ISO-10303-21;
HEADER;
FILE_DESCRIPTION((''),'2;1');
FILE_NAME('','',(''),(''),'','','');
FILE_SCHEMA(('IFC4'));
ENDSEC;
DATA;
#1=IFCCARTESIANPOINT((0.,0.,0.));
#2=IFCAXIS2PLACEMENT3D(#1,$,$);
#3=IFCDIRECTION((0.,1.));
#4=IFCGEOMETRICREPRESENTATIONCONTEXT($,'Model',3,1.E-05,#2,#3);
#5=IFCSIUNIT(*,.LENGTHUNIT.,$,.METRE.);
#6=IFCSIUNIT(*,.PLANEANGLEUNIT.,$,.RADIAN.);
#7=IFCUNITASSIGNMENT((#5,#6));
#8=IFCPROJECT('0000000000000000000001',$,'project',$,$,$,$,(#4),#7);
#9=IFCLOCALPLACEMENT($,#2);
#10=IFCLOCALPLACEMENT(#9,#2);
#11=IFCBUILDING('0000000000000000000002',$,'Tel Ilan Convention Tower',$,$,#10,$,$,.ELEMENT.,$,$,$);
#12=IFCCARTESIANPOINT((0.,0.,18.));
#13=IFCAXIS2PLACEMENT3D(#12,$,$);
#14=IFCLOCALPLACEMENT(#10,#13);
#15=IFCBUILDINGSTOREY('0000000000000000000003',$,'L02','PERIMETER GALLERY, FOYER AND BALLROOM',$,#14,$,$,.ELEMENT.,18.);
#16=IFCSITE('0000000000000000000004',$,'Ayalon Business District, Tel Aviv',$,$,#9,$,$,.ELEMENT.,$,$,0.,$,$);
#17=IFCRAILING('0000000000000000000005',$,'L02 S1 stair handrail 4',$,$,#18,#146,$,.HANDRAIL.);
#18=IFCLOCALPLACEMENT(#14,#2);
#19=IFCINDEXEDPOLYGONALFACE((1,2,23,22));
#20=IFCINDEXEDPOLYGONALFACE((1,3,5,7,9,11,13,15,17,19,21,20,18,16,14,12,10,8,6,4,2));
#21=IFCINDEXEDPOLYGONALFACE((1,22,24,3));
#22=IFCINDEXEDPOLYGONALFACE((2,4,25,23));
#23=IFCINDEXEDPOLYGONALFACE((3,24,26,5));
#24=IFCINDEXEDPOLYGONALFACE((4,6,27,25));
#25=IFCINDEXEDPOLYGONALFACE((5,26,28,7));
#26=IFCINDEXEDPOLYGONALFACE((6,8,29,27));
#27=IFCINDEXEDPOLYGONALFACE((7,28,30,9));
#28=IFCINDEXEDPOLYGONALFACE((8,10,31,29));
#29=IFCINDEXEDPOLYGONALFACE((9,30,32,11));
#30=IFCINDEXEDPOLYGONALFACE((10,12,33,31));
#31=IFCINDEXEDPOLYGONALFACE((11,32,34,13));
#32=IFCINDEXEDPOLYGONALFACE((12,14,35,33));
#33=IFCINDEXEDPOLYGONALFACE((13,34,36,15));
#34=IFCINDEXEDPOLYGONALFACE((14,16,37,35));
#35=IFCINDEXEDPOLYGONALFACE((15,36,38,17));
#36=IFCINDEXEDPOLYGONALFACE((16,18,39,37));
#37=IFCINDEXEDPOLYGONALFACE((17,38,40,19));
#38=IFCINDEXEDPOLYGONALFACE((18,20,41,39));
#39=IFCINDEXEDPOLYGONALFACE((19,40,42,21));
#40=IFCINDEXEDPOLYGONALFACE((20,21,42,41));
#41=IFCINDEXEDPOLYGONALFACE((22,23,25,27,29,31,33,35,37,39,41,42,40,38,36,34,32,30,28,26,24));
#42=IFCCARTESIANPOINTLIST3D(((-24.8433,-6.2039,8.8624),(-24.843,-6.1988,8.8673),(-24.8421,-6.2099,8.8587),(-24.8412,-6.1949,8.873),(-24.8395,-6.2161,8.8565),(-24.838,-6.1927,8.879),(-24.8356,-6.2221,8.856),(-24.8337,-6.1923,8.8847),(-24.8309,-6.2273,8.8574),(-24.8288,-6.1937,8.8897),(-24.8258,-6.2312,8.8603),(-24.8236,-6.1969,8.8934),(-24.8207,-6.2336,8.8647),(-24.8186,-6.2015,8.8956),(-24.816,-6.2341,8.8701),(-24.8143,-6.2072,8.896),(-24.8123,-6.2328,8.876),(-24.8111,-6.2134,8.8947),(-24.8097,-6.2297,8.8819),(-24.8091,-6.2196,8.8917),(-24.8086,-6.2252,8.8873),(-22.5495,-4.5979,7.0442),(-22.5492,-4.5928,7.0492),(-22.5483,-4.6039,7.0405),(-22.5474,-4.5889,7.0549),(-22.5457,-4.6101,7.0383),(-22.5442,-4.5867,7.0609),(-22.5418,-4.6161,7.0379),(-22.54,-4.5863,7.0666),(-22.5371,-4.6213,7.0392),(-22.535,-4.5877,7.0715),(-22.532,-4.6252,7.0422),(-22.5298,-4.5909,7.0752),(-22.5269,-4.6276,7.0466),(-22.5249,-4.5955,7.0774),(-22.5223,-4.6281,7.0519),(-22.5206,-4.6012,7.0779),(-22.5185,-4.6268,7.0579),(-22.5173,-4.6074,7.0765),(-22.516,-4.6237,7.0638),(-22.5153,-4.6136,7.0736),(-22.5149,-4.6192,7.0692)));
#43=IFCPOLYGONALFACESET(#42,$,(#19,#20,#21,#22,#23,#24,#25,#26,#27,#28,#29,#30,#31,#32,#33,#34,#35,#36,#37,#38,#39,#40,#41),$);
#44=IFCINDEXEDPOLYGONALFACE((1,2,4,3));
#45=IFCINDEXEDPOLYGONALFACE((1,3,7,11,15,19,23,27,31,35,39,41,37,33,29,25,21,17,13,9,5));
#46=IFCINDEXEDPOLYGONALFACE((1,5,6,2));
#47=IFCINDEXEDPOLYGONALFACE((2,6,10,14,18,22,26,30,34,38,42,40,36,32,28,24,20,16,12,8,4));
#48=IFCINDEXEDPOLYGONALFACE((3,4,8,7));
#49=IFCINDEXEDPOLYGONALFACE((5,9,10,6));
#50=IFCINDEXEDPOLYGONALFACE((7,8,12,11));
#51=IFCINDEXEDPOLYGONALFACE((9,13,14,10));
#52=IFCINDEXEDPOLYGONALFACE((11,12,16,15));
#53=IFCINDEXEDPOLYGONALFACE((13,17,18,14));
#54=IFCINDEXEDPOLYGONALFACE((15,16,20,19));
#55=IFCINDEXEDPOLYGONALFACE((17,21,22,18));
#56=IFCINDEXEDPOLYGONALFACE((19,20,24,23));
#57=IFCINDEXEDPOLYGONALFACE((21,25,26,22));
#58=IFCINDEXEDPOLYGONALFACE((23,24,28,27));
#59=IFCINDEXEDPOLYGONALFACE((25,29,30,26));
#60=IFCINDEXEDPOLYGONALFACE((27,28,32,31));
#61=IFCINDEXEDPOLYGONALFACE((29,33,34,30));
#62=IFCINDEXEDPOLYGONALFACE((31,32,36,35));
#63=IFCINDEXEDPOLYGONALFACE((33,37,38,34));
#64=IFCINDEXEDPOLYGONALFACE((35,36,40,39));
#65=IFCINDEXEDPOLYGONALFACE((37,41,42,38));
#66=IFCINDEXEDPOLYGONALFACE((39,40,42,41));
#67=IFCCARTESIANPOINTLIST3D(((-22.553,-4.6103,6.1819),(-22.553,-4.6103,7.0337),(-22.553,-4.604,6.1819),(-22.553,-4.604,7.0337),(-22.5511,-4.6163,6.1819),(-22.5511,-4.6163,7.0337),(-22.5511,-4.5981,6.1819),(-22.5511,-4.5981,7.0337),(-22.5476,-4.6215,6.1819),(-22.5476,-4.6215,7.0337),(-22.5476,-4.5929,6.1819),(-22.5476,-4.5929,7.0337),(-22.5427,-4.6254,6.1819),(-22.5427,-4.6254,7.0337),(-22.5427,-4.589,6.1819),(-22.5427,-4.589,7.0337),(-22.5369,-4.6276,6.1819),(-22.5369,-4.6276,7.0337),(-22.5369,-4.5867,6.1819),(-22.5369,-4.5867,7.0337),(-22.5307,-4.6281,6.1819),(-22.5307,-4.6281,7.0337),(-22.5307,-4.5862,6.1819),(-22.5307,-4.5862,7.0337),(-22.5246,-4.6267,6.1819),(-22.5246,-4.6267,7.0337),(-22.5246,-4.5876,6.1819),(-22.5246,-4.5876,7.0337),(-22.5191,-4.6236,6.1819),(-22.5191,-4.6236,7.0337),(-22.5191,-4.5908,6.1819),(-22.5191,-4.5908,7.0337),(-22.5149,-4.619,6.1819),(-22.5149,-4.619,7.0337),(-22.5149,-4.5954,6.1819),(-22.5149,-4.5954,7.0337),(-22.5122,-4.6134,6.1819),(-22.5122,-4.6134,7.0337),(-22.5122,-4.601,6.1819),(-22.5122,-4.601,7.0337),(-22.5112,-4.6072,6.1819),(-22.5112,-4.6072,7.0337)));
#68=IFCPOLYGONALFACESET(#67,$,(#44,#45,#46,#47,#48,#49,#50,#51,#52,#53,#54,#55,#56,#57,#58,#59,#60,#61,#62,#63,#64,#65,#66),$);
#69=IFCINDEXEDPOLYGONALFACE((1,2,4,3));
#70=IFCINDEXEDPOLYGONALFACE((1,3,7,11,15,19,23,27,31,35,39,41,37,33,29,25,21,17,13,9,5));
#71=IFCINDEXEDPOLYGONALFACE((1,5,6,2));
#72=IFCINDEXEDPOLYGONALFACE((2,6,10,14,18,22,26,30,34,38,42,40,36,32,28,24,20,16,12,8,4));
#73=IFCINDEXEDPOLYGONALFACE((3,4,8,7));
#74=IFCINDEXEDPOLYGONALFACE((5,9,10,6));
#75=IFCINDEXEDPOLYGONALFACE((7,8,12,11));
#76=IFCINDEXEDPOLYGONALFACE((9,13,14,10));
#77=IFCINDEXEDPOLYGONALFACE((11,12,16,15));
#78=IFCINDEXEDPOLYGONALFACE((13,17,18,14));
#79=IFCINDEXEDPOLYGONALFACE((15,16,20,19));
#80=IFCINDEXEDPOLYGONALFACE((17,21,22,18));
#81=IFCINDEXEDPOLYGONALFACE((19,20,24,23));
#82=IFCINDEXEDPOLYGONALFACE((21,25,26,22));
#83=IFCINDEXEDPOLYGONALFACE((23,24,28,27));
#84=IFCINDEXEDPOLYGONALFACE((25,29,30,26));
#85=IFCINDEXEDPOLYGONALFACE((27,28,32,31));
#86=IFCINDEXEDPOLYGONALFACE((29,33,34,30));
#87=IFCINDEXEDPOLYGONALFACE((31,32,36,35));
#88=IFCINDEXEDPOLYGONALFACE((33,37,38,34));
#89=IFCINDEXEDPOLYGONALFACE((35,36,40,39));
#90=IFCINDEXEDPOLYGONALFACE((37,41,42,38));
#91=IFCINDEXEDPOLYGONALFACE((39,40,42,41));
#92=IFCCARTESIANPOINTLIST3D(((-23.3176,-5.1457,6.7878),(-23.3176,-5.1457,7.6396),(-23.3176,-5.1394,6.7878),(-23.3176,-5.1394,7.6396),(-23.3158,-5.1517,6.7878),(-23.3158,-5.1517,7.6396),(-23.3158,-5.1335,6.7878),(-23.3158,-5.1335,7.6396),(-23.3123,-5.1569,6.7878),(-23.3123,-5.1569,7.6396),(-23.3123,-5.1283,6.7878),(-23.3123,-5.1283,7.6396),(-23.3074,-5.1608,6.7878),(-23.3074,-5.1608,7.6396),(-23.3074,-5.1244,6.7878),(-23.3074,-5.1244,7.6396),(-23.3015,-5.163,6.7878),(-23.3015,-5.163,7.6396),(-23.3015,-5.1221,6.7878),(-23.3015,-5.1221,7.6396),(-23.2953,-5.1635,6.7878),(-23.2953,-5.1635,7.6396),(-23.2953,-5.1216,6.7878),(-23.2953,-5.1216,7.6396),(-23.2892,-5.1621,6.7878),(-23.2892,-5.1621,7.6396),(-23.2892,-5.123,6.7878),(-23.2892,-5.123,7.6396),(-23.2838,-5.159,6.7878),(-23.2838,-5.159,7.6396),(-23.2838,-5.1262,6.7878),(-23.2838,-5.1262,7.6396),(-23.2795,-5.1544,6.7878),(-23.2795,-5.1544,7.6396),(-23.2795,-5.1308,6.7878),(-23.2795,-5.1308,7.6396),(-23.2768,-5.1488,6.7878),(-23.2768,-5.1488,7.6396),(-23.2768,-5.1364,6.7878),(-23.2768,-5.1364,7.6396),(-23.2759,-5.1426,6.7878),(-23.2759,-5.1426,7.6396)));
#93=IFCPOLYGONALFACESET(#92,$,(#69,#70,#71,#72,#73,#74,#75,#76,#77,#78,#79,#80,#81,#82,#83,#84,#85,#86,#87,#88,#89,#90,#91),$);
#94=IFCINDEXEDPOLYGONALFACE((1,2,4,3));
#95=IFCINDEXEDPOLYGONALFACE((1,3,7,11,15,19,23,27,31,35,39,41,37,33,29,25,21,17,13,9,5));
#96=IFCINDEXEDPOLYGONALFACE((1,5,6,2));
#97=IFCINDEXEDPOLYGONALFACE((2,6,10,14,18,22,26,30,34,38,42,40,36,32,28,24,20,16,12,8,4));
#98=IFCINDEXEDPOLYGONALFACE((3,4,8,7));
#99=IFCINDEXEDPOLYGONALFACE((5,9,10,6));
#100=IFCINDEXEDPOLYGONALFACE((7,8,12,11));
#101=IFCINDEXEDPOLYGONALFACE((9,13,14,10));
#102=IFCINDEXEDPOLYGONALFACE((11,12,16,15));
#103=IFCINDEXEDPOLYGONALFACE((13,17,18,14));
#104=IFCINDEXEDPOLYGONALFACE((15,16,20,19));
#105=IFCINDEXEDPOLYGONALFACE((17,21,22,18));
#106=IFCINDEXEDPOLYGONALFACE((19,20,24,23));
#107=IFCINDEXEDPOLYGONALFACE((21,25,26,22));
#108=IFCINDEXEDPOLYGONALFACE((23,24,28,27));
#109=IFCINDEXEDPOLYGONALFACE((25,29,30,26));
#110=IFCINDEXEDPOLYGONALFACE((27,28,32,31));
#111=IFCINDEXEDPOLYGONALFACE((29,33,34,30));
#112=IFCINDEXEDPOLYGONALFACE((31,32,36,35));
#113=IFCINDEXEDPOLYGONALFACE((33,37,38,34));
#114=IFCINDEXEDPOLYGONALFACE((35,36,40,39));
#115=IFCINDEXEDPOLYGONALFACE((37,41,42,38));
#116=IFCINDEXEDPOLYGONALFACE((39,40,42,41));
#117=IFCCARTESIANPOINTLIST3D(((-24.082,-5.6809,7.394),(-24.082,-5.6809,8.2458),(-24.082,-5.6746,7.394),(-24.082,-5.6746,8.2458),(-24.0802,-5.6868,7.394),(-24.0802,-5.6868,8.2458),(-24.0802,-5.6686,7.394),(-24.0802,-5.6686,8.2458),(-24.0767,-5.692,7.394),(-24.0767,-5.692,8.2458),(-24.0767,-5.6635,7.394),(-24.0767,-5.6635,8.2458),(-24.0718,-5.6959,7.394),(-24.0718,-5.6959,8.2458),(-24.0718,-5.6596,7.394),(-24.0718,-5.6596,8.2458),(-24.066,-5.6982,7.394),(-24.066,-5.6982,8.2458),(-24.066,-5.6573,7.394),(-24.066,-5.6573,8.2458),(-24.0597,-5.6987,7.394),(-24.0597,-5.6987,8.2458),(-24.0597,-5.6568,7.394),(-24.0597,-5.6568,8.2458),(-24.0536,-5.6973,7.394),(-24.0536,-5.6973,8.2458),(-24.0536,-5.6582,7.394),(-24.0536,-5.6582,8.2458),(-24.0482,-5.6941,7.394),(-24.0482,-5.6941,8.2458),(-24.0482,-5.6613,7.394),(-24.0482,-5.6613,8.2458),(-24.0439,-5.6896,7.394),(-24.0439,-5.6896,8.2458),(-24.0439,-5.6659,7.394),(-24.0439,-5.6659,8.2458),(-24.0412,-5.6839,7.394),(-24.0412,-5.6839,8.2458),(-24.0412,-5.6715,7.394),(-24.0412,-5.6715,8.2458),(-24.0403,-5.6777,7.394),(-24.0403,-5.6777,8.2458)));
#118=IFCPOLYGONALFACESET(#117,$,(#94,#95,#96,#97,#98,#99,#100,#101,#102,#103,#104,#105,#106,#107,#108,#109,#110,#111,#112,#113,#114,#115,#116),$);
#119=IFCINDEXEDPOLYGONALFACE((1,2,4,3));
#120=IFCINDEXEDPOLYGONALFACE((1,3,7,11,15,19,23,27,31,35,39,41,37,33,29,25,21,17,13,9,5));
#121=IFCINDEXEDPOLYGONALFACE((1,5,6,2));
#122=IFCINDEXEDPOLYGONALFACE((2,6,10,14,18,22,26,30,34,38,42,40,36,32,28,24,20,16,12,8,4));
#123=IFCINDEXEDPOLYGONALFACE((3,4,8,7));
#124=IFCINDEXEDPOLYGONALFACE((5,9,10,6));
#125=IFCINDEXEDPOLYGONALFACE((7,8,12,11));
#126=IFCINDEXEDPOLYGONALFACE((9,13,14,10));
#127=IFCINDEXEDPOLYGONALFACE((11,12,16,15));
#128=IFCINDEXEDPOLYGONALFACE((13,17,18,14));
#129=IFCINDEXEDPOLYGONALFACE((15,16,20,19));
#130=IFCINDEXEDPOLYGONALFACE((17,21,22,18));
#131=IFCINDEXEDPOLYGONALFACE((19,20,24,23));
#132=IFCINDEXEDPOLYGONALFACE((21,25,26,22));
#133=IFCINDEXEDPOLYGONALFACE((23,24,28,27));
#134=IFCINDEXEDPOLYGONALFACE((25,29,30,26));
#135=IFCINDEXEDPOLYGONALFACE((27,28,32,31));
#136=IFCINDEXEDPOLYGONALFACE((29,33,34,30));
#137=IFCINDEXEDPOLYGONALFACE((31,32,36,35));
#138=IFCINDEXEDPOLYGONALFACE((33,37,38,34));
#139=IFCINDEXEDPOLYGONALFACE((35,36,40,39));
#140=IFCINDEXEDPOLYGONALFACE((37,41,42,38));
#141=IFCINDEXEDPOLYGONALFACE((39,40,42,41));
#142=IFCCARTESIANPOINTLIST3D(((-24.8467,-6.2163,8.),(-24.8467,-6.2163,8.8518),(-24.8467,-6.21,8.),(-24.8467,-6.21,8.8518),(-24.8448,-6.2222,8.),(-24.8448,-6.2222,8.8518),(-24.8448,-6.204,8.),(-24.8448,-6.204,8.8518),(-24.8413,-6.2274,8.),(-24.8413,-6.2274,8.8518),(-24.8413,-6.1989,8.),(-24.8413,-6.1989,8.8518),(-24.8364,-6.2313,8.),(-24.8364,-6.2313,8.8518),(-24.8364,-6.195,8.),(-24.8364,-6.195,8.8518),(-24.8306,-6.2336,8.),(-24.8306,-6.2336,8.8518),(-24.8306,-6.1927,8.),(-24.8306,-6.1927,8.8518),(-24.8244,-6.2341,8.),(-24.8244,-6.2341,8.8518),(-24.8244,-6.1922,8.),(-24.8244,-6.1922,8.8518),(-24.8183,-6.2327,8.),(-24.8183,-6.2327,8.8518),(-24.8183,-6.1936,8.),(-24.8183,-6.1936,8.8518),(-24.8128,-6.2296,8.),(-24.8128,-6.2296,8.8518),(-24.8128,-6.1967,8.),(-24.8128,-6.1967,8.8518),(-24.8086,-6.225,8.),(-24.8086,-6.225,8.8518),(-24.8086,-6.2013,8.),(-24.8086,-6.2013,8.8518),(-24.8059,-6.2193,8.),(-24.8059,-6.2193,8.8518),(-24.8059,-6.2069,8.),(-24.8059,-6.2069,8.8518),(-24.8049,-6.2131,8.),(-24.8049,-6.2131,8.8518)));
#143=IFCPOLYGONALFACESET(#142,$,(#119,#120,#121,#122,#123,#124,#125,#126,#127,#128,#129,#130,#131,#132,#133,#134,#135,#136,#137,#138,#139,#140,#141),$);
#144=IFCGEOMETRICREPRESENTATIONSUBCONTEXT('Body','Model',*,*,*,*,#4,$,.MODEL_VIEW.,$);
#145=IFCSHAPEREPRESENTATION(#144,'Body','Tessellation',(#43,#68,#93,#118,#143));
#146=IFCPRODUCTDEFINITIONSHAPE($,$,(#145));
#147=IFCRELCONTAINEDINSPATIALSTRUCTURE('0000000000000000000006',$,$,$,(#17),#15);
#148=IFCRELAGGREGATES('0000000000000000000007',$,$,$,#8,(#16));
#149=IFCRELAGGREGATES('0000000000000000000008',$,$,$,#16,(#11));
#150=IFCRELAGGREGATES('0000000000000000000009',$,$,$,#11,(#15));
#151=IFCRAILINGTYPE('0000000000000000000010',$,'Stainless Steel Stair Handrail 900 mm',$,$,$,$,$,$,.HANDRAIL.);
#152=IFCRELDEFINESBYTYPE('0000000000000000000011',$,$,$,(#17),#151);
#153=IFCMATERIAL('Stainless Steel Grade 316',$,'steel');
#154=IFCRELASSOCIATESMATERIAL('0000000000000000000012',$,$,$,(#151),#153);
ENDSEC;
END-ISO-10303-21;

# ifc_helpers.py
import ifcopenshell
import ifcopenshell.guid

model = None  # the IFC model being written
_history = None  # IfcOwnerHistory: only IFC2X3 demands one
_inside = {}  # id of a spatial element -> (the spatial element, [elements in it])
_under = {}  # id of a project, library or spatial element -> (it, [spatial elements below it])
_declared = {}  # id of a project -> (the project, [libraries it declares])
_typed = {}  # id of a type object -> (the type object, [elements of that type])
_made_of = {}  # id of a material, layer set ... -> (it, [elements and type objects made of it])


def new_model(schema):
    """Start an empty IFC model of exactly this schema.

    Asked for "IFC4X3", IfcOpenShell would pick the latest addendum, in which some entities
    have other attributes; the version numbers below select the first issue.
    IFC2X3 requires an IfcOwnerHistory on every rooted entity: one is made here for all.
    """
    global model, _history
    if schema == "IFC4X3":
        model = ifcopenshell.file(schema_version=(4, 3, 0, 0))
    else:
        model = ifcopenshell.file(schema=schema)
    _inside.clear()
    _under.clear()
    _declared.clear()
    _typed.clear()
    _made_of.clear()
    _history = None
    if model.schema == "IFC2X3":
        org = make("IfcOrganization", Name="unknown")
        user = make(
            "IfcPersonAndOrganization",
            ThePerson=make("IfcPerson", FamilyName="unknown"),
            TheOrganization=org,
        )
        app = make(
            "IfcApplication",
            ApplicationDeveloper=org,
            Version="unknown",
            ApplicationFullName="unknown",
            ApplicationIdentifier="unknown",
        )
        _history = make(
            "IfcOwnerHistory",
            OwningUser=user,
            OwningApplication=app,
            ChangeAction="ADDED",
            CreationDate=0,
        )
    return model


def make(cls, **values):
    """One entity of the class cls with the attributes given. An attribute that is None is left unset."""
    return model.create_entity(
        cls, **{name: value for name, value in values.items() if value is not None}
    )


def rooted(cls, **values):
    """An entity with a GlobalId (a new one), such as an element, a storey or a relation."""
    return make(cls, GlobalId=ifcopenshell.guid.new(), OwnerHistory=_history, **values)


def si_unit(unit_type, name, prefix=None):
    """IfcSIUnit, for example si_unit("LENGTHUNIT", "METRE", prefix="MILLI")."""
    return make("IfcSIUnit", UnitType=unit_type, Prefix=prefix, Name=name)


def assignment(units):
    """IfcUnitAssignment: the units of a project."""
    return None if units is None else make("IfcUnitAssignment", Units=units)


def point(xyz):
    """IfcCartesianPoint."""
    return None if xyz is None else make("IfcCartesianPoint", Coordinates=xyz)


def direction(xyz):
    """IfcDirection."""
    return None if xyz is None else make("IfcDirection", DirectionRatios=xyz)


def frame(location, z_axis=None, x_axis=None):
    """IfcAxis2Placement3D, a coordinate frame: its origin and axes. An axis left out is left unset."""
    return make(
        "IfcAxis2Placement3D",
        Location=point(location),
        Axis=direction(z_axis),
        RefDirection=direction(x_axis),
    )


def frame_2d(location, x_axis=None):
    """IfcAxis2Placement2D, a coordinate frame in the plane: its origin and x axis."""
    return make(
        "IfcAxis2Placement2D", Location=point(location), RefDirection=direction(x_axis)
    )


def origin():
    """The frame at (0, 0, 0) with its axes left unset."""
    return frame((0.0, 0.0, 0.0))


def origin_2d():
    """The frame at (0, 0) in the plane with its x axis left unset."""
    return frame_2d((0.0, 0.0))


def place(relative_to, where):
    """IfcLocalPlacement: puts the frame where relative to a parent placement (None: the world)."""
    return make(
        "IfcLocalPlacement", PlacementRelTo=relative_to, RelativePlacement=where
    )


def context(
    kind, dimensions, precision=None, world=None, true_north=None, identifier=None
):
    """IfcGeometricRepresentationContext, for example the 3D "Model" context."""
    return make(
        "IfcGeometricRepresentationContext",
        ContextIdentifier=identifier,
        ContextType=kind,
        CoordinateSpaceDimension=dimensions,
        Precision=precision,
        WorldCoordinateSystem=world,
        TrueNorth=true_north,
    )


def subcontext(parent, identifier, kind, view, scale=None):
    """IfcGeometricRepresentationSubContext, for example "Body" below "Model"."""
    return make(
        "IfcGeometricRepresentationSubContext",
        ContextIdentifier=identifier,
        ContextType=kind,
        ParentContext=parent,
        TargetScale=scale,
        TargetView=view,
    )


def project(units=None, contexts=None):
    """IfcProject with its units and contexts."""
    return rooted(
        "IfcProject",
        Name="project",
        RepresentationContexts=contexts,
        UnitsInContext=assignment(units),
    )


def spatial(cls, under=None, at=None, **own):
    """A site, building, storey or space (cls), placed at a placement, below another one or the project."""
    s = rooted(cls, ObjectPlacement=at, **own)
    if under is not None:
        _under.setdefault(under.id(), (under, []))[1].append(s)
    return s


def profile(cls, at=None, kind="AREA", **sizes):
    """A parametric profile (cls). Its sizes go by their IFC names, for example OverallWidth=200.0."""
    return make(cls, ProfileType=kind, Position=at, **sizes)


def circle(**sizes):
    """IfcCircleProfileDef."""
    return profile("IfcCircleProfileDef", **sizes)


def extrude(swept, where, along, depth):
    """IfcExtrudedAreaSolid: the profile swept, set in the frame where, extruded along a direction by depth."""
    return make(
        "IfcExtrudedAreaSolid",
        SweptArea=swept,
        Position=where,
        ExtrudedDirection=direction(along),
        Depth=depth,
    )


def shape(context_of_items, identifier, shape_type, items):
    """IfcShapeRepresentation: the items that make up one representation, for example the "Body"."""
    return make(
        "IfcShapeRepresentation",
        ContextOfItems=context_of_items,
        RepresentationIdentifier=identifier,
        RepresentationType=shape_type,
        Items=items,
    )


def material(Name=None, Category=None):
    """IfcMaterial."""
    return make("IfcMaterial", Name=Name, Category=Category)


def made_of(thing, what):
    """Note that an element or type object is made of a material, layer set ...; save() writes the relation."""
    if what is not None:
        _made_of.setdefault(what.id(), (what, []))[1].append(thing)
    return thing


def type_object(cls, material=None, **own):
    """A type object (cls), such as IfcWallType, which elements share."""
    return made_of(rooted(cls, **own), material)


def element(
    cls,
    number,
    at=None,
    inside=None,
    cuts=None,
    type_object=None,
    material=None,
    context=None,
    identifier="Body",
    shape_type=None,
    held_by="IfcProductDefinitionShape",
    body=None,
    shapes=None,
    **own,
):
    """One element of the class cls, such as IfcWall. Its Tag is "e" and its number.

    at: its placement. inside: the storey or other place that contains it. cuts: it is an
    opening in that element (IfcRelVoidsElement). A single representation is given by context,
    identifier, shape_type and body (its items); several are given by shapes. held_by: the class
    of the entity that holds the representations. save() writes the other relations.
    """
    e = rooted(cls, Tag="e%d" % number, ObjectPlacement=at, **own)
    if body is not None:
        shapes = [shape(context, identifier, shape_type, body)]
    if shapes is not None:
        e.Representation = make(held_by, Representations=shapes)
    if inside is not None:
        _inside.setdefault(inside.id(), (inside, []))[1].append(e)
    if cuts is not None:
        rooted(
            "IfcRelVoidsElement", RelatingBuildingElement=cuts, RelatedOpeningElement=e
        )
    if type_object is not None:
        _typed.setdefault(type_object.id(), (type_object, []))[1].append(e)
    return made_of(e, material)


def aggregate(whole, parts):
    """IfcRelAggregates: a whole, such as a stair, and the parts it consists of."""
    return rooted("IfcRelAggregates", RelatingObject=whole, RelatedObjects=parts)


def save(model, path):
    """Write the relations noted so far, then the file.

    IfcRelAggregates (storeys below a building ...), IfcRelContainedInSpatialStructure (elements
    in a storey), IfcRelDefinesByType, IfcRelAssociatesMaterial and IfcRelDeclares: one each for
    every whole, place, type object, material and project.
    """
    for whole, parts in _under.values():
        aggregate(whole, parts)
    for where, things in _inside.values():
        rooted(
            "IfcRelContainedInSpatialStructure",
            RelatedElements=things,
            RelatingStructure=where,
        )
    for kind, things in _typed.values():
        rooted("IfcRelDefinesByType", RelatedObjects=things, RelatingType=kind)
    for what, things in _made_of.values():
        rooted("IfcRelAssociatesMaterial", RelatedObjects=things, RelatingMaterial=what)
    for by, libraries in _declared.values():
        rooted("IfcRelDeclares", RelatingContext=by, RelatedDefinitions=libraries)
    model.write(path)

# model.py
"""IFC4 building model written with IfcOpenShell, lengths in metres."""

from ifc_helpers import new_model, si_unit, direction, frame, origin, origin_2d, place, context, subcontext, project, spatial, circle, extrude, material, type_object, element, save


model = new_model("IFC4")

# Units and contexts
model_context = context("Model", 3, precision=1e-05, world=origin(), true_north=direction((0.0, 1.0)))
body_context = subcontext(model_context, "Body", "Model", "MODEL_VIEW")
ifc_project = project(units=[si_unit("LENGTHUNIT", "METRE"), si_unit("PLANEANGLEUNIT", "RADIAN")], contexts=[model_context])

# Site, building, storey
site_placement = place(None, origin())
site = spatial("IfcSite", under=ifc_project, at=site_placement, Name="Ayalon Business District, Tel Aviv", CompositionType="ELEMENT", RefElevation=0.0)
building_placement = place(site_placement, origin())
building = spatial("IfcBuilding", under=site, at=building_placement, Name="Tel Ilan Convention Tower", CompositionType="ELEMENT")
storey_placement = place(building_placement, frame((0.0, 0.0, 18.0)))
storey = spatial("IfcBuildingStorey", under=building, at=storey_placement, Name="L02", Description="PERIMETER GALLERY, FOYER AND BALLROOM", CompositionType="ELEMENT", Elevation=18.0)

# Railing
ifc_material_1 = material(Name="Stainless Steel Grade 316", Category="steel")
railing_type = type_object("IfcRailingType", Name="Stainless Steel Stair Handrail 900 mm", PredefinedType="HANDRAIL", material=ifc_material_1)
railing_1_placement = place(storey_placement, frame((-22.5322, -4.6072, 6.1819)))
element("IfcRailing", 1, at=railing_1_placement, inside=storey, type_object=railing_type, Name="L02 S1 stair handrail 4", PredefinedType="HANDRAIL", context=body_context, shape_type="SweptSolid", body=[
    extrude(circle(Radius=0.0239, at=origin_2d()), frame((0.0, 0.0, 0.876), z_axis=(-0.687042, -0.481039, 0.544587), x_axis=(0.57355, -0.81917, 0.0)), (0.0, 0.0, 1.0), 3.3386),
    extrude(circle(Radius=0.021, at=origin_2d()), origin(), (0.0, 0.0, 1.0), 0.8518),
    extrude(circle(Radius=0.021, at=origin_2d()), frame((-0.7646, -0.5354, 0.606)), (0.0, 0.0, 1.0), 0.8518),
    extrude(circle(Radius=0.021, at=origin_2d()), frame((-1.5291, -1.0706, 1.2122)), (0.0, 0.0, 1.0), 0.8518),
    extrude(circle(Radius=0.021, at=origin_2d()), frame((-2.2937, -1.606, 1.8181)), (0.0, 0.0, 1.0), 0.8518),
])

save(model, "model.ifc")
